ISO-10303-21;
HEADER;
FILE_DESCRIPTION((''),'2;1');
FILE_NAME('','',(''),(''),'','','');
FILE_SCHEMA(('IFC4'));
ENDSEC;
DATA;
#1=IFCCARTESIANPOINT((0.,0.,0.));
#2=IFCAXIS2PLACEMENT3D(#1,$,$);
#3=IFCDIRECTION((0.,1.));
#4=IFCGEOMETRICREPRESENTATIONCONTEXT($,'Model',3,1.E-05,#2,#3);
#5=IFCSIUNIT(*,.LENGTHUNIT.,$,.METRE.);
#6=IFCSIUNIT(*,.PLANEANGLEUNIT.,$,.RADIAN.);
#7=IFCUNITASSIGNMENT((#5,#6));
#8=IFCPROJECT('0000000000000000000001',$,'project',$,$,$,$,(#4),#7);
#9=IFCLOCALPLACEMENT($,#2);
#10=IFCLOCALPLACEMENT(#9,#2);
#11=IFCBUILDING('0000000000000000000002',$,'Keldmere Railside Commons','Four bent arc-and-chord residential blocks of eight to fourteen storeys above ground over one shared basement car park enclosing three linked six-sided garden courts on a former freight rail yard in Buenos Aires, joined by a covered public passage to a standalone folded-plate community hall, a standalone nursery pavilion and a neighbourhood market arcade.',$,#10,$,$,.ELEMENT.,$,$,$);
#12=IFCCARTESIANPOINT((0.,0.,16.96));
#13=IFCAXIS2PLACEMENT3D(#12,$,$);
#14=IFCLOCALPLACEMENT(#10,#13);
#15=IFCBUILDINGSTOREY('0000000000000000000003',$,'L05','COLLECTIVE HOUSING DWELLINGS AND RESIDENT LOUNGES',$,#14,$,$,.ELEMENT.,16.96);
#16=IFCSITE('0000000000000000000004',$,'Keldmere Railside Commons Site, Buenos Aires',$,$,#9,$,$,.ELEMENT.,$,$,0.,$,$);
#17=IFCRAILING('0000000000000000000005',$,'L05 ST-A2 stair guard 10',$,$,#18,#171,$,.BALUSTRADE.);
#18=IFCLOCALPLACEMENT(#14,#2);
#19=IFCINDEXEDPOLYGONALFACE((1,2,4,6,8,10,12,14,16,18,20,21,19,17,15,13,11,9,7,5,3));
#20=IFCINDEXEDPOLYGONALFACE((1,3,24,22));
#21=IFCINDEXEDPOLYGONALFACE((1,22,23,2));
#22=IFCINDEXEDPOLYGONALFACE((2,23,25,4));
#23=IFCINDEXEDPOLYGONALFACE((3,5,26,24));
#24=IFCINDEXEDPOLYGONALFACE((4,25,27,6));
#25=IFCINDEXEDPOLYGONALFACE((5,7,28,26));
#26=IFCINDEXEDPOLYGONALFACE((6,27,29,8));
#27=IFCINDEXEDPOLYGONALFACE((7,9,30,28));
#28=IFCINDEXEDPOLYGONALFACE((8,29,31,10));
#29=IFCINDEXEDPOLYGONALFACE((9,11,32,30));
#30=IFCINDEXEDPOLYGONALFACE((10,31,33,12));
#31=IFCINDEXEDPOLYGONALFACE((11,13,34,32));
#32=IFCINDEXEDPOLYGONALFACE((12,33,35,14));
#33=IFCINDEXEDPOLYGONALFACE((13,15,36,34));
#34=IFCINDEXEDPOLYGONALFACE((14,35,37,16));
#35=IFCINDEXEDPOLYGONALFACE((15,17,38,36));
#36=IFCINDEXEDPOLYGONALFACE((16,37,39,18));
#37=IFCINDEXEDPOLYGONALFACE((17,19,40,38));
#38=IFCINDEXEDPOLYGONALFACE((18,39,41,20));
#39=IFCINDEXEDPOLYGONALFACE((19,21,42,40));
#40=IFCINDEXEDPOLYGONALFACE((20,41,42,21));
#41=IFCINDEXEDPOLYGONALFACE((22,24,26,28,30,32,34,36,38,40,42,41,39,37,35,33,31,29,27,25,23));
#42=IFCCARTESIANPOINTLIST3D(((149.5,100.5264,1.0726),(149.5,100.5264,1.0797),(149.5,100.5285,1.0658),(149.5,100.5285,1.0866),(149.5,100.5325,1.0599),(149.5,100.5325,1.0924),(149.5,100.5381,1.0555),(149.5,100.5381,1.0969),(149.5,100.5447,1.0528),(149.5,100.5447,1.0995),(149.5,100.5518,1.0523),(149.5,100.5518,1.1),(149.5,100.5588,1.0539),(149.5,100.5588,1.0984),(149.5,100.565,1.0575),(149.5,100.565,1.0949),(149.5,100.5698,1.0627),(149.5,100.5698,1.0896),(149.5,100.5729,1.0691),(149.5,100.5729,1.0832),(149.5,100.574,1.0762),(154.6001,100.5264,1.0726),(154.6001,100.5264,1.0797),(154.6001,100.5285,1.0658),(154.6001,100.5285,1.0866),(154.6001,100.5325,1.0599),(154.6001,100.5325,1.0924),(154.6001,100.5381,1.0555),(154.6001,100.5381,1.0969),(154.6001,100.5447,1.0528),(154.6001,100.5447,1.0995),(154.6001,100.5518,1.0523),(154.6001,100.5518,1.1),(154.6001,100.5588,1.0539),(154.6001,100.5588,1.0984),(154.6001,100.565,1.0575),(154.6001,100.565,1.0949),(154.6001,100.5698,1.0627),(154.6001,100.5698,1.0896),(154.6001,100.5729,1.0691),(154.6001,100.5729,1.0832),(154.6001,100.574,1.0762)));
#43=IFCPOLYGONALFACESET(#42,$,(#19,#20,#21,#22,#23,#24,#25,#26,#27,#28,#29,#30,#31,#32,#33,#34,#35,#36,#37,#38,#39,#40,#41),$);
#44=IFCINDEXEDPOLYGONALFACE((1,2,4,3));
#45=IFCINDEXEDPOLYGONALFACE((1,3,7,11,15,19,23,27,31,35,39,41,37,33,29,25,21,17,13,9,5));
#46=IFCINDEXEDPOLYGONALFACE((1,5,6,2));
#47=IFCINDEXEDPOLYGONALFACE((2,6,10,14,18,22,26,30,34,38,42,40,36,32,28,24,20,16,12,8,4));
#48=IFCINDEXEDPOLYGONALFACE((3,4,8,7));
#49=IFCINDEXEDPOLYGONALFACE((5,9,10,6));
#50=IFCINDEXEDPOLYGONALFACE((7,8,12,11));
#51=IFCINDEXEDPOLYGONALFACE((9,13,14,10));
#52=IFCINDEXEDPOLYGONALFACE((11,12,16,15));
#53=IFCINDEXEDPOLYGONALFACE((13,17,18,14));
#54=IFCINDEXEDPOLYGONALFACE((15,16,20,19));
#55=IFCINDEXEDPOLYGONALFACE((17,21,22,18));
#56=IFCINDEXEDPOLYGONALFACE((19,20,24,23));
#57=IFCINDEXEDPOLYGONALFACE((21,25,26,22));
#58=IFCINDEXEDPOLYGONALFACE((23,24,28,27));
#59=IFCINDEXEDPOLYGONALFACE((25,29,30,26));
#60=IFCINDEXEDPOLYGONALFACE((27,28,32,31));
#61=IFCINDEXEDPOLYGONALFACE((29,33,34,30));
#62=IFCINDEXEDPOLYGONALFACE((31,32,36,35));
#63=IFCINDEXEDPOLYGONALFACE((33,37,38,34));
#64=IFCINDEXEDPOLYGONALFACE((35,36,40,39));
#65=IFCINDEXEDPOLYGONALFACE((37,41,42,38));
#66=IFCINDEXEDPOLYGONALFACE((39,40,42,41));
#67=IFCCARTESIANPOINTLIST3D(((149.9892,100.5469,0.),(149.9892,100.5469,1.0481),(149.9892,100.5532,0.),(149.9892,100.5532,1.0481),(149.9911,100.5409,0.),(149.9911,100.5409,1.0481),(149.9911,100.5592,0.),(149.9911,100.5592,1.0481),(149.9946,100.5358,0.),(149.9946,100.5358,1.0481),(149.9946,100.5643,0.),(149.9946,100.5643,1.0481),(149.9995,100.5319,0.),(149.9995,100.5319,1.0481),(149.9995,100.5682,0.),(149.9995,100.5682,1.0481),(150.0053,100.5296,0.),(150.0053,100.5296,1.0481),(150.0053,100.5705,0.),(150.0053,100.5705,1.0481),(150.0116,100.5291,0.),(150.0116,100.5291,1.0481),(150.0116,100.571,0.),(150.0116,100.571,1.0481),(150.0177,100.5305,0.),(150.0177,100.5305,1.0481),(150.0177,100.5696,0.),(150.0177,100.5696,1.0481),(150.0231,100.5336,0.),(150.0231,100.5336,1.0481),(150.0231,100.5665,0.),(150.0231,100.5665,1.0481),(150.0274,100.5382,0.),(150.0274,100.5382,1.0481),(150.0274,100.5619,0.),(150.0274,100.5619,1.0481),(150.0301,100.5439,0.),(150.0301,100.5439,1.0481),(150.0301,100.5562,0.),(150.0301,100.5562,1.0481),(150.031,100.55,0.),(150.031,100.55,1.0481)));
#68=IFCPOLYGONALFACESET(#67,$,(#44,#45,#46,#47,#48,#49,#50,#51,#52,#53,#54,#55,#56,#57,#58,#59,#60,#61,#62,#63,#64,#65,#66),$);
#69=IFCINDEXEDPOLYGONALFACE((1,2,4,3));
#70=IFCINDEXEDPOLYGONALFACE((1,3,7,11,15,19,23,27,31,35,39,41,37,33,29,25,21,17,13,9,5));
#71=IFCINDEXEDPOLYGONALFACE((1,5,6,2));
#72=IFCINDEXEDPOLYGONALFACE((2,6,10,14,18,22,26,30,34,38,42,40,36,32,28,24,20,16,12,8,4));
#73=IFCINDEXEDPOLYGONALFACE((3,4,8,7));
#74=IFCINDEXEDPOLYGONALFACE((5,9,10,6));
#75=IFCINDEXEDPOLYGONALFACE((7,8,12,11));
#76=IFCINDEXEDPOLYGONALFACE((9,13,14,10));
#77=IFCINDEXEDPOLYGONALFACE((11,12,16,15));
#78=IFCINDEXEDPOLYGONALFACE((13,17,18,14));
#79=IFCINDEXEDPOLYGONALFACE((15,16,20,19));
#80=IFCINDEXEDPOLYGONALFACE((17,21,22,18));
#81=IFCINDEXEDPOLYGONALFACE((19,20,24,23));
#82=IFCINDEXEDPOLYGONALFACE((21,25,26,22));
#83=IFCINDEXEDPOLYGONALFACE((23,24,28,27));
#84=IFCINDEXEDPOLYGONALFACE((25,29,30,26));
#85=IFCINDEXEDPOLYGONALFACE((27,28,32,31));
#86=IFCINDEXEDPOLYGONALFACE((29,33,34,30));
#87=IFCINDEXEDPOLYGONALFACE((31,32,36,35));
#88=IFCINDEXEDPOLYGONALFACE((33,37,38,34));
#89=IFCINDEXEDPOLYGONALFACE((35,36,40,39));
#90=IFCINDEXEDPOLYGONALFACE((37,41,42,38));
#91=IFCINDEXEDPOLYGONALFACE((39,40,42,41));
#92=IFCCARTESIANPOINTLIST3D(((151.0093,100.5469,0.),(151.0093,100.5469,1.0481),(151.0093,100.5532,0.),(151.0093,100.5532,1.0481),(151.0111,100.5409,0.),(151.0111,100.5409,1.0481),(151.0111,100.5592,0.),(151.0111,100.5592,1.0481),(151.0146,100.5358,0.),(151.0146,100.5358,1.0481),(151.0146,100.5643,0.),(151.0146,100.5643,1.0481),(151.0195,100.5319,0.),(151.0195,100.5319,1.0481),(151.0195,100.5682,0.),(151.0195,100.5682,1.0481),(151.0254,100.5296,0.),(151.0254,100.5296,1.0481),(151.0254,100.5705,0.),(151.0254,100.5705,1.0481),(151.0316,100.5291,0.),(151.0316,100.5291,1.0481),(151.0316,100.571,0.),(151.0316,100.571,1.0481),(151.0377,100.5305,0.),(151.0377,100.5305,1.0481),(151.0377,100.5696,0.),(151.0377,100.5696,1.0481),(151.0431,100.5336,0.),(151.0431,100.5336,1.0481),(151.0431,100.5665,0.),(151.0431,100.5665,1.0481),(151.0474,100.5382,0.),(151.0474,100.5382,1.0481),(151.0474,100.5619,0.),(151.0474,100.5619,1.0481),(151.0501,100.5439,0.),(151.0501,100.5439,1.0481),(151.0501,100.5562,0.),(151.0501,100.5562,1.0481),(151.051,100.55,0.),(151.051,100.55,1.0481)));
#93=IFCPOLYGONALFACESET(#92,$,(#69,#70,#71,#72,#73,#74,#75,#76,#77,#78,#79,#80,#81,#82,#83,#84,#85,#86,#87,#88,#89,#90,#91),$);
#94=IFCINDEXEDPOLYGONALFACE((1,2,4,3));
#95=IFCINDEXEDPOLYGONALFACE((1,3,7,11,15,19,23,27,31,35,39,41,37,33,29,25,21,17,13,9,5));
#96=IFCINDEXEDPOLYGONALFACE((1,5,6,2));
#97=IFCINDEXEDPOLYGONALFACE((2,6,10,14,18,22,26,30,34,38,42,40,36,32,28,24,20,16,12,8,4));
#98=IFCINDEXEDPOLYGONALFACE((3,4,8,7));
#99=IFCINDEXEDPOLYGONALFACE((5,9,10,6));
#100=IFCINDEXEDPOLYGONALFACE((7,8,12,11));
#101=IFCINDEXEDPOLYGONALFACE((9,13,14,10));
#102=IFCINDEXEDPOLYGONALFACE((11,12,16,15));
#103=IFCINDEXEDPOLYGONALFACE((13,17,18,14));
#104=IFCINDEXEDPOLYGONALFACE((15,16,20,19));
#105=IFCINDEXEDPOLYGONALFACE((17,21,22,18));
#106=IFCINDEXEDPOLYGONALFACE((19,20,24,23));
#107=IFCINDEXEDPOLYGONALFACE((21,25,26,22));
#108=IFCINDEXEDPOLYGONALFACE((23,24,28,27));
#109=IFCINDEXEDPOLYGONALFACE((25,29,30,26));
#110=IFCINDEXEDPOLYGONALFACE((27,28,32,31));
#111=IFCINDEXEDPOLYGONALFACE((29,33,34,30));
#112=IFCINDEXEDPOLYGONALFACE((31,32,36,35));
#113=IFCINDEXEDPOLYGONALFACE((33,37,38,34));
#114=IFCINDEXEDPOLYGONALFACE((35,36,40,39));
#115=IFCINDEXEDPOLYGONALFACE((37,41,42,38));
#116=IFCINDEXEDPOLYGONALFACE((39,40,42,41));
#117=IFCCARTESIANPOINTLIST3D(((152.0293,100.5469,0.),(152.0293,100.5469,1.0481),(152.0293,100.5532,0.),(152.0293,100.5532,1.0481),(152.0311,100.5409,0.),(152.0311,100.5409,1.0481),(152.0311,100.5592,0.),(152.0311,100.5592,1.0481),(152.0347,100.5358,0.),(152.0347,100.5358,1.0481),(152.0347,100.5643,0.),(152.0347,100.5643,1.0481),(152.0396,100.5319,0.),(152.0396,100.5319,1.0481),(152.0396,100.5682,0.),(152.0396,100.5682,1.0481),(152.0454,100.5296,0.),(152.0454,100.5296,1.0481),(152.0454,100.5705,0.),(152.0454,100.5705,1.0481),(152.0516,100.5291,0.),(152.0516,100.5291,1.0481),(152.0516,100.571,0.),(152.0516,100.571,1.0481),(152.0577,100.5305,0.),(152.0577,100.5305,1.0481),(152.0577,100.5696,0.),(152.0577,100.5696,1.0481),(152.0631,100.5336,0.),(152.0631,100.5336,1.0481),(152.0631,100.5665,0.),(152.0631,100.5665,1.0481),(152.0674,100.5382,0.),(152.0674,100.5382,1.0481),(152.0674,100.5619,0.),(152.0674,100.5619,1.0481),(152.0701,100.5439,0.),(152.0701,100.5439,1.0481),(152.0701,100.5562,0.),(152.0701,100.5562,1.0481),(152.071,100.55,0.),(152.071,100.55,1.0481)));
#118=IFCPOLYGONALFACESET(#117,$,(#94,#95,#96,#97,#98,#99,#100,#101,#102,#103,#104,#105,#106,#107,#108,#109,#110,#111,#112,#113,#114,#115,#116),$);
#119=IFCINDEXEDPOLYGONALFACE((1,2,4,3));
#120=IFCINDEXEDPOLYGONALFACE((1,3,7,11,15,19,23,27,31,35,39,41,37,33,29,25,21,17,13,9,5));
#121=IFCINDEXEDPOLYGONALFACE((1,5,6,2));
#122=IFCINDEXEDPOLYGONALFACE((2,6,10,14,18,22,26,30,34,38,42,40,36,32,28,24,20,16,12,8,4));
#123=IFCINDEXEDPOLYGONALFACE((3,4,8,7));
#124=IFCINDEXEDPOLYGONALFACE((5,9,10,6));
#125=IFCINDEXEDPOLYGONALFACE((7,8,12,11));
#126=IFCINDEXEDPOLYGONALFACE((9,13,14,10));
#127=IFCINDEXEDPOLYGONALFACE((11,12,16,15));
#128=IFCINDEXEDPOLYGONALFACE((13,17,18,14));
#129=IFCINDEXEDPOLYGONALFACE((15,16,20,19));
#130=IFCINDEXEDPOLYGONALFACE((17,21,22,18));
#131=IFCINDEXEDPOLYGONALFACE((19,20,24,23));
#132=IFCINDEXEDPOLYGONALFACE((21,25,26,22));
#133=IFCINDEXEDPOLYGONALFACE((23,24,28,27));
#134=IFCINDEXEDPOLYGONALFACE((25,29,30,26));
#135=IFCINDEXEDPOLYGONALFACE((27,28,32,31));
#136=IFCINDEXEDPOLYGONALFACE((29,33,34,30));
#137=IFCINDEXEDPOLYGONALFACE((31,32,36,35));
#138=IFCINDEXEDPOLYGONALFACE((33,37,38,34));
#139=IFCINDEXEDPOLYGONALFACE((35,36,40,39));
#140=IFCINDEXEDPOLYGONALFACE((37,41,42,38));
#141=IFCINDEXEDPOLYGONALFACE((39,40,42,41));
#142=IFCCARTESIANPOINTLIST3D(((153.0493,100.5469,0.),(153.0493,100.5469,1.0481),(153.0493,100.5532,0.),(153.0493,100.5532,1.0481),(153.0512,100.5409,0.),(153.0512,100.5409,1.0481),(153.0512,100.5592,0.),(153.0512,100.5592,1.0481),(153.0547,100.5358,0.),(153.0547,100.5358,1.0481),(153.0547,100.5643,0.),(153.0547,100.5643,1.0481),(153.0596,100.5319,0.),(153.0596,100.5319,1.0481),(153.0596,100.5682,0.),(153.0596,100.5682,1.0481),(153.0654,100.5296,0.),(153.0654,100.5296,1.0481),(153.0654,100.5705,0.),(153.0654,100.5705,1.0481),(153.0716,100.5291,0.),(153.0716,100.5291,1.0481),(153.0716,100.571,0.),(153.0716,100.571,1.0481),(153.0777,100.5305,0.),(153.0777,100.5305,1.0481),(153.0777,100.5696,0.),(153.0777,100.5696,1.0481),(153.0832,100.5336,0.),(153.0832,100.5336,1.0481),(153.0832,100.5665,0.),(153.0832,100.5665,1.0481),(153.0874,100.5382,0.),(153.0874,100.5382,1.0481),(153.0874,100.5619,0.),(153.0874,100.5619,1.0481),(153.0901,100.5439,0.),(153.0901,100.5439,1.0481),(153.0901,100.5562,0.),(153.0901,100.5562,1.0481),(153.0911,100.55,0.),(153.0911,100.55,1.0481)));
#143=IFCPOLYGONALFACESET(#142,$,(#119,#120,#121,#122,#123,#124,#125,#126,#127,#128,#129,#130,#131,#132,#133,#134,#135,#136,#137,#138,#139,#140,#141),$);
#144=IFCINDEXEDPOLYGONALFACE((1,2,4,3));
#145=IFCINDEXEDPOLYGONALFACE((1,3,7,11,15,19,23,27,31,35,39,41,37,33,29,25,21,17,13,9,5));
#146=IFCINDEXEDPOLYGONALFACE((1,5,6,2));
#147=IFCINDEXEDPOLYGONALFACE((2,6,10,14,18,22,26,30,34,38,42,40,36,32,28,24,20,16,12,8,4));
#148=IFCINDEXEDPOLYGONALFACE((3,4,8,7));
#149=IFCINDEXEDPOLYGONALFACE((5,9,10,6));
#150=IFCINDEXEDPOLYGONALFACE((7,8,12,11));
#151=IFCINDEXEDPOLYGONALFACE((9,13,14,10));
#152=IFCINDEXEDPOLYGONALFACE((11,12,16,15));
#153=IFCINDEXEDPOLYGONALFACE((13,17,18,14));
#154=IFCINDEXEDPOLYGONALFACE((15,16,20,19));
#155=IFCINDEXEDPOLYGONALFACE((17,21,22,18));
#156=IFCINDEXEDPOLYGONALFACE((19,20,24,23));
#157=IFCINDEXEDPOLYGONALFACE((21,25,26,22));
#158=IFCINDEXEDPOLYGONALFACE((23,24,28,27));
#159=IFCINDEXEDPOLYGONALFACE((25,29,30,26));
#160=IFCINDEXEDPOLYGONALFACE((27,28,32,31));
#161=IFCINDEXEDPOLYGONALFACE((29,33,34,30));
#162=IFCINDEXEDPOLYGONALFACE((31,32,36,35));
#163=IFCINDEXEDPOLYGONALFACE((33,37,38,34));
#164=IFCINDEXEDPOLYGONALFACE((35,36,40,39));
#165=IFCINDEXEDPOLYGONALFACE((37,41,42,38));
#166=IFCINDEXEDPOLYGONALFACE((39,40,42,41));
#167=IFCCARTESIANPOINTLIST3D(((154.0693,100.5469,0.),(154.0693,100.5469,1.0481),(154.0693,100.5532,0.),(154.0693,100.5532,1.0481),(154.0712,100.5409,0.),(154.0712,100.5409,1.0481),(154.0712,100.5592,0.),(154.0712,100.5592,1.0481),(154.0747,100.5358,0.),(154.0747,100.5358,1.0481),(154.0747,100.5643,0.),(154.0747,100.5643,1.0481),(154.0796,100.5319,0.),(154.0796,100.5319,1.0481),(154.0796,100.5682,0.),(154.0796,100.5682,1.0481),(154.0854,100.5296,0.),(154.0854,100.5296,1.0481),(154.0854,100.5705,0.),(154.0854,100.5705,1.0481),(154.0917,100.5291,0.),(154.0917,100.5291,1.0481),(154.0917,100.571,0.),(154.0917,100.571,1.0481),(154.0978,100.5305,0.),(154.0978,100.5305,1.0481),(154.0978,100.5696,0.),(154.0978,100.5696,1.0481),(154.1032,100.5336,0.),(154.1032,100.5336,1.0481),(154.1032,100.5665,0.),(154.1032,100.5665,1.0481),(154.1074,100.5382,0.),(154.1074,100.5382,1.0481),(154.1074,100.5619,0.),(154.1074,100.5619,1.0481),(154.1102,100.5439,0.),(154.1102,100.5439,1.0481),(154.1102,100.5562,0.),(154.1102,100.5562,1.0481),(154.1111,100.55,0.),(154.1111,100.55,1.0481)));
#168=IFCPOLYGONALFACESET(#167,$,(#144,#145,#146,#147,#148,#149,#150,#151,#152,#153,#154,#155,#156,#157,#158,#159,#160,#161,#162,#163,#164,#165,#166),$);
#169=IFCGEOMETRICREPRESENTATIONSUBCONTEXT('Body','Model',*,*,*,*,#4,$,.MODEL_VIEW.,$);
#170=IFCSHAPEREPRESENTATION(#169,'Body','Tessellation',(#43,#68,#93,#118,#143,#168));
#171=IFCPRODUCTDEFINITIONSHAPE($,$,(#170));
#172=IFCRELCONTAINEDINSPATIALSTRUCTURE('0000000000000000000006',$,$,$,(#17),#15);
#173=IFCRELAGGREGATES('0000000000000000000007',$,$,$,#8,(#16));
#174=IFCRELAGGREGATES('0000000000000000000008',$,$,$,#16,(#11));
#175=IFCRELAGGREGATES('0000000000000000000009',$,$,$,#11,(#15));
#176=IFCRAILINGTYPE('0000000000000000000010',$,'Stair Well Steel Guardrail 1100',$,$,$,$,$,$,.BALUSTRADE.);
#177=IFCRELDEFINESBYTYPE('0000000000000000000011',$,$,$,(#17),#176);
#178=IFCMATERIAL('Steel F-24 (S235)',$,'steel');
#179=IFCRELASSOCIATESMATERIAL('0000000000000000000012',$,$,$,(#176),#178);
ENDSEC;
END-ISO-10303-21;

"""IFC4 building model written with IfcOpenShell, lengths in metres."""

from ifc_helpers import new_model, si_unit, direction, frame, origin, origin_2d, place, context, subcontext, project, spatial, circle, extrude, material, type_object, element, save


model = new_model("IFC4")

# Units and contexts
model_context = context("Model", 3, precision=1e-05, world=origin(), true_north=direction((0.0, 1.0)))
body_context = subcontext(model_context, "Body", "Model", "MODEL_VIEW")
ifc_project = project(units=[si_unit("LENGTHUNIT", "METRE"), si_unit("PLANEANGLEUNIT", "RADIAN")], contexts=[model_context])

# Site, building, storey
site_placement = place(None, origin())
site = spatial("IfcSite", under=ifc_project, at=site_placement, Name="Keldmere Railside Commons Site, Buenos Aires", CompositionType="ELEMENT", RefElevation=0.0)
building_placement = place(site_placement, origin())
building = spatial("IfcBuilding", under=site, at=building_placement, Name="Keldmere Railside Commons", Description="Four bent arc-and-chord residential blocks of eight to fourteen storeys above ground over one shared basement car park enclosing three linked six-sided garden courts on a former freight rail yard in Buenos Aires, joined by a covered public passage to a standalone folded-plate community hall, a standalone nursery pavilion and a neighbourhood market arcade.", CompositionType="ELEMENT")
storey_placement = place(building_placement, frame((0.0, 0.0, 16.96)))
storey = spatial("IfcBuildingStorey", under=building, at=storey_placement, Name="L05", Description="COLLECTIVE HOUSING DWELLINGS AND RESIDENT LOUNGES", CompositionType="ELEMENT", Elevation=16.96)

# Shared definitions
ifc_material_1 = material(Name="Steel F-24 (S235)", Category="steel")

# Railing
railing_type_1 = type_object("IfcRailingType", Name="Stair Well Steel Guardrail 1100", PredefinedType="BALUSTRADE", material=ifc_material_1)
for number, where, name in (
    (1, (149.5, 100.55, 0.0), "L05 ST-A2 stair guard 10"),
):
    element("IfcRailing", number, at=place(storey_placement, frame(where)), inside=storey, type_object=railing_type_1, Name=name, PredefinedType="BALUSTRADE", context=body_context, shape_type="SweptSolid", body=[
        extrude(circle(Radius=0.0239, at=origin_2d()), frame((0.0, 0.0, 1.0762), z_axis=(1.0, 0.0, 0.0), x_axis=(0.0, 1.0, 0.0)), (0.0, 0.0, 1.0), 5.1001),
        extrude(circle(Radius=0.021, at=origin_2d()), frame((0.51, 0.0, 0.0)), (0.0, 0.0, 1.0), 1.0481),
        extrude(circle(Radius=0.021, at=origin_2d()), frame((1.53, 0.0, 0.0)), (0.0, 0.0, 1.0), 1.0481),
        extrude(circle(Radius=0.021, at=origin_2d()), frame((2.55, 0.0, 0.0)), (0.0, 0.0, 1.0), 1.0481),
        extrude(circle(Radius=0.021, at=origin_2d()), frame((3.5701, 0.0, 0.0)), (0.0, 0.0, 1.0), 1.0481),
        extrude(circle(Radius=0.021, at=origin_2d()), frame((4.5901, 0.0, 0.0)), (0.0, 0.0, 1.0), 1.0481),
    ])

save(model, "model.ifc")
